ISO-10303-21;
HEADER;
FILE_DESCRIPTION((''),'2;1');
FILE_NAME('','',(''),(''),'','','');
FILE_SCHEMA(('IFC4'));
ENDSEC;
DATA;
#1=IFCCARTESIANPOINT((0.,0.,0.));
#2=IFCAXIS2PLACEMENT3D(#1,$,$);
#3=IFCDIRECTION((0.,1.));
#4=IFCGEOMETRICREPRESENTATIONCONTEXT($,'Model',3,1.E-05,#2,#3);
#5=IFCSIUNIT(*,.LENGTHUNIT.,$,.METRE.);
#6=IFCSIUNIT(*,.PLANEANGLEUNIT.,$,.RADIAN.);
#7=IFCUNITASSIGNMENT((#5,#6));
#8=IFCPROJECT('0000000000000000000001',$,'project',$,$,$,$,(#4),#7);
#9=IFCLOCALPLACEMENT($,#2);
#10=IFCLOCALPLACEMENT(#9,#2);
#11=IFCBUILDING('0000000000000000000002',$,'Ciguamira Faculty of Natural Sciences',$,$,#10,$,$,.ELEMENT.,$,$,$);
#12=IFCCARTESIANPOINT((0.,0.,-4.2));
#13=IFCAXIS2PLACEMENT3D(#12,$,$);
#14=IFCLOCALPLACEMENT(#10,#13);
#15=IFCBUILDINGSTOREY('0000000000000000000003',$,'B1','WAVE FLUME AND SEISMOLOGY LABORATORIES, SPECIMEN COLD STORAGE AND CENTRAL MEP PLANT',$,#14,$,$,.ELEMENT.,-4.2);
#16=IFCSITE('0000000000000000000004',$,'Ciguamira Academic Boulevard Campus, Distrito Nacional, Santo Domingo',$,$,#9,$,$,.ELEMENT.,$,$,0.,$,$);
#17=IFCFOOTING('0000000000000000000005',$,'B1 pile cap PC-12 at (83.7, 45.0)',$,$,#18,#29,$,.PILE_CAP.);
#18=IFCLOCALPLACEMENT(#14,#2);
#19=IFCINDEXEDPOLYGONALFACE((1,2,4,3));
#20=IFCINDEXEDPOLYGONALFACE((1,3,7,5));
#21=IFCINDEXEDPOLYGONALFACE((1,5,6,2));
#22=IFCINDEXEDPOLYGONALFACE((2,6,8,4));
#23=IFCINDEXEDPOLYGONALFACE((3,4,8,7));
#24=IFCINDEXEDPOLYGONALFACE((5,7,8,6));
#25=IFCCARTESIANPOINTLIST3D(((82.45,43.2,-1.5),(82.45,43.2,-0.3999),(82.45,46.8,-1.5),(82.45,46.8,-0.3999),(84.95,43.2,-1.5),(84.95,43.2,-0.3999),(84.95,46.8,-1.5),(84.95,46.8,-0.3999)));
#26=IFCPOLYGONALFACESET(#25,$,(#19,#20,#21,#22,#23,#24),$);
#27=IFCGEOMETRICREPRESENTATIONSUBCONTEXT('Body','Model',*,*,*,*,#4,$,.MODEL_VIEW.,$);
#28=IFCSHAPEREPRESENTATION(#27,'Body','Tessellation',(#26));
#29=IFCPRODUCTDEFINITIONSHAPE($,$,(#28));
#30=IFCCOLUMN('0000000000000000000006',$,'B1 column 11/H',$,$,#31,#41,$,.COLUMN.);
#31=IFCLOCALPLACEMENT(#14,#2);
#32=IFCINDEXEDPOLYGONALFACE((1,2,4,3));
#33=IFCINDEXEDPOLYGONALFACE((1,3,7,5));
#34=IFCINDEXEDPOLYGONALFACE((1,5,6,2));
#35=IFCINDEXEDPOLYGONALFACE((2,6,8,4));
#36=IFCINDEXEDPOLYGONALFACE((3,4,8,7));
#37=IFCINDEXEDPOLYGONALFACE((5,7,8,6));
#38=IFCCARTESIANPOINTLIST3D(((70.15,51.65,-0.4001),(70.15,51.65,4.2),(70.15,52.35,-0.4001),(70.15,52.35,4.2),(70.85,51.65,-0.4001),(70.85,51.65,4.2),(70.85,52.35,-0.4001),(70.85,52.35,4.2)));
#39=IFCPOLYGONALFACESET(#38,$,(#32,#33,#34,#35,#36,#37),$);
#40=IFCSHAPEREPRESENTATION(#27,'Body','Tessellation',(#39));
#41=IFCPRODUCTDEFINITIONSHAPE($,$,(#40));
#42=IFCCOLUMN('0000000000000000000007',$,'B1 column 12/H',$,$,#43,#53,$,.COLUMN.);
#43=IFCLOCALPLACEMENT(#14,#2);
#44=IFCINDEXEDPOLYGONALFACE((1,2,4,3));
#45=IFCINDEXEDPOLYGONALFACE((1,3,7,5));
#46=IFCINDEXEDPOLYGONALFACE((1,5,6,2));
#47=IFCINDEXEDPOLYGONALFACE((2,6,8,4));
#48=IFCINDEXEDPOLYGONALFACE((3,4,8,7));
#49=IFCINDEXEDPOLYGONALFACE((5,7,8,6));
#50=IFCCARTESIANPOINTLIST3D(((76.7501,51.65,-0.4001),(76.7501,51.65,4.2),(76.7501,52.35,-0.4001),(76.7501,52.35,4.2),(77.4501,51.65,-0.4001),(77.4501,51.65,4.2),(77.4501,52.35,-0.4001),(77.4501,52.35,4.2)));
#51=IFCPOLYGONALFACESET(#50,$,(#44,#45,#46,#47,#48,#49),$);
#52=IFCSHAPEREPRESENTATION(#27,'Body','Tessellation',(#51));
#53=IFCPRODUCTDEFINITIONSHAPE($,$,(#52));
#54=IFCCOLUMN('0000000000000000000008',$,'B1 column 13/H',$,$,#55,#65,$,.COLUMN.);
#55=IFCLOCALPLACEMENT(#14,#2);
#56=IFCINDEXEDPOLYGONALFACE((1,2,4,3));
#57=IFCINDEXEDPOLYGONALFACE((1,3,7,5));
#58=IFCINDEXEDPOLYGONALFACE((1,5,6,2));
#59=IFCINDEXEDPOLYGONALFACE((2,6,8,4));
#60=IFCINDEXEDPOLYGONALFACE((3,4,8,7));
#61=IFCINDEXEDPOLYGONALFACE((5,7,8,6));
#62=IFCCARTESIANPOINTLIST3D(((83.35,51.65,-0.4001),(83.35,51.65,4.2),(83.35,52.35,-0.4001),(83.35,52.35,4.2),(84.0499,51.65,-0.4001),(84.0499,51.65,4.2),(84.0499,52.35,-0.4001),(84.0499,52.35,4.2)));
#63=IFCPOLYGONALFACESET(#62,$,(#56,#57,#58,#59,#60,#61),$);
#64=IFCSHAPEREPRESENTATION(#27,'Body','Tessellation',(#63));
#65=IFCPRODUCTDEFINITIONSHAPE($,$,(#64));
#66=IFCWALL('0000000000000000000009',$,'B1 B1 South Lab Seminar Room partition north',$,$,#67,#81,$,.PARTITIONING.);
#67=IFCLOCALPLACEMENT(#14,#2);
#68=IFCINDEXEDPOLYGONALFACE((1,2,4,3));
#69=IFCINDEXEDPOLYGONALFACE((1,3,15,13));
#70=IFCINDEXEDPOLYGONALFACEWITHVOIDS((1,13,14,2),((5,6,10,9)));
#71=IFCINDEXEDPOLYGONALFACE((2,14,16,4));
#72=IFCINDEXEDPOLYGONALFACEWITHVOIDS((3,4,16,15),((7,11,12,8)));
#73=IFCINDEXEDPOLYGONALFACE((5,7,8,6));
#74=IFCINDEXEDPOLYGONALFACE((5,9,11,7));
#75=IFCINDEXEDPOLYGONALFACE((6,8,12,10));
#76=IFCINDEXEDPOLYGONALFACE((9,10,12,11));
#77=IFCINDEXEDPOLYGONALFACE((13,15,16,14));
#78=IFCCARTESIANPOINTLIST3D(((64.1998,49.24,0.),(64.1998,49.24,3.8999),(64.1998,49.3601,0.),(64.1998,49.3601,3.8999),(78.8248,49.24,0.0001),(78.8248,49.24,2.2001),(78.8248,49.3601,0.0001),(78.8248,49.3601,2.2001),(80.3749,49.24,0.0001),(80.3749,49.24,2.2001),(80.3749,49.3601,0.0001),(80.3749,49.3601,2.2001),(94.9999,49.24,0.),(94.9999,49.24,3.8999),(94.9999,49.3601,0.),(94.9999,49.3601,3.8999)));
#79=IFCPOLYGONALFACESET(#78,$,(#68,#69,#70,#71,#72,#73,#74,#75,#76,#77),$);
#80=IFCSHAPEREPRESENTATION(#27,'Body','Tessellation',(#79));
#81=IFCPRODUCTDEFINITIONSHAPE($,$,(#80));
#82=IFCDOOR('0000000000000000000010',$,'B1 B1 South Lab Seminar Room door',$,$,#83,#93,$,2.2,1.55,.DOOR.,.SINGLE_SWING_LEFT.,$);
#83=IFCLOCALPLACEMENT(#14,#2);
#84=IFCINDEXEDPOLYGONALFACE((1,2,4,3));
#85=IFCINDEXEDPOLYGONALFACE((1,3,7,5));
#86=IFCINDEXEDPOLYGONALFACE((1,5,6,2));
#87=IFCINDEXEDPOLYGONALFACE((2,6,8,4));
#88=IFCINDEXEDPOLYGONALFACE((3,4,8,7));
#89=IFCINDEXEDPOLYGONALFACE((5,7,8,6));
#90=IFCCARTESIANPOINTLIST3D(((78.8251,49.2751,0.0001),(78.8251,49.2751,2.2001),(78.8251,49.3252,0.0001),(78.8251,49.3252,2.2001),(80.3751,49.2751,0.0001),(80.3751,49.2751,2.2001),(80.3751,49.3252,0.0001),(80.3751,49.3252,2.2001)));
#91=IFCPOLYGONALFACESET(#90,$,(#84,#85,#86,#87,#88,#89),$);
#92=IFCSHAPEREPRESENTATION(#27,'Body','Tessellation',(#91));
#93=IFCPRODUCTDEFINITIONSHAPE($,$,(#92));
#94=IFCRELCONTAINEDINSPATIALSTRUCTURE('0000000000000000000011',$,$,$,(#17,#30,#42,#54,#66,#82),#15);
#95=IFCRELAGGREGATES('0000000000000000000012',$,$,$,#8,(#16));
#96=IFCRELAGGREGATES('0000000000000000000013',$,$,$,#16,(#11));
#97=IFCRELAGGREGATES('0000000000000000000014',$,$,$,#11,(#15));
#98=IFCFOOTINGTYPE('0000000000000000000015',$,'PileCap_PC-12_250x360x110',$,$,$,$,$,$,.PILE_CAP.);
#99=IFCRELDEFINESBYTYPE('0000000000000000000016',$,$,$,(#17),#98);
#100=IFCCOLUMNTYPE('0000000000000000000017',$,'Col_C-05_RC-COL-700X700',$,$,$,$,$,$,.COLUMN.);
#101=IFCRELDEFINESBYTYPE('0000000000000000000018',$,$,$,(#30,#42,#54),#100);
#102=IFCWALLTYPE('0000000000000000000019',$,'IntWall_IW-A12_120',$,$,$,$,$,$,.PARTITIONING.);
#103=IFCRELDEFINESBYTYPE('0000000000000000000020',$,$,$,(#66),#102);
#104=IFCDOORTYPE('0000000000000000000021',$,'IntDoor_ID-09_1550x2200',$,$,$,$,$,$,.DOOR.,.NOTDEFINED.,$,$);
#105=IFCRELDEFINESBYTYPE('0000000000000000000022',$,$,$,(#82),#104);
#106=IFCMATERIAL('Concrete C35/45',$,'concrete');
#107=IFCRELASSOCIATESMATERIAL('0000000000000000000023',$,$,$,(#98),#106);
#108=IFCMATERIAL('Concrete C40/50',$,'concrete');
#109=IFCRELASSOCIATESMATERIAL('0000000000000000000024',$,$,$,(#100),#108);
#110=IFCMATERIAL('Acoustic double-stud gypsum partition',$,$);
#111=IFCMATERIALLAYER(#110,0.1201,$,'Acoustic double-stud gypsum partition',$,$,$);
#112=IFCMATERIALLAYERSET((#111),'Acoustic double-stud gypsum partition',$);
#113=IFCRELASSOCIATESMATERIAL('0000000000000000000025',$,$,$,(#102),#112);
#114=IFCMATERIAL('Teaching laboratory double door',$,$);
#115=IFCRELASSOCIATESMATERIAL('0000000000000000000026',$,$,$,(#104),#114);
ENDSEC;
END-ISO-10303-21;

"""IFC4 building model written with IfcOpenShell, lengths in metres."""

from ifc_helpers import new_model, si_unit, direction, frame, frame_2d, origin, origin_2d, place, context, subcontext, project, spatial, rectangle, extrude, material, layer, layer_set, material_profile, profile_set, type_object, element, fill, save


model = new_model("IFC4")

# Units and contexts
model_context = context("Model", 3, precision=1e-05, world=origin(), true_north=direction((0.0, 1.0)))
body_context = subcontext(model_context, "Body", "Model", "MODEL_VIEW")
ifc_project = project(units=[si_unit("LENGTHUNIT", "METRE"), si_unit("PLANEANGLEUNIT", "RADIAN")], contexts=[model_context])

# Site, building, storey
site_placement = place(None, origin())
site = spatial("IfcSite", under=ifc_project, at=site_placement, Name="Ciguamira Academic Boulevard Campus, Distrito Nacional, Santo Domingo", CompositionType="ELEMENT", RefElevation=0.0)
building_placement = place(site_placement, origin())
building = spatial("IfcBuilding", under=site, at=building_placement, Name="Ciguamira Faculty of Natural Sciences", CompositionType="ELEMENT")
storey_placement = place(building_placement, frame((0.0, 0.0, -4.2)))
storey = spatial("IfcBuildingStorey", under=building, at=storey_placement, Name="B1", Description="WAVE FLUME AND SEISMOLOGY LABORATORIES, SPECIMEN COLD STORAGE AND CENTRAL MEP PLANT", CompositionType="ELEMENT", Elevation=-4.2)

# Shared definitions
ifc_material_1 = material(Name="Concrete C35/45", Category="concrete")

# Footing
footing_type_1 = type_object("IfcFootingType", Name="PileCap_PC-12_250x360x110", PredefinedType="PILE_CAP", material=ifc_material_1)
footing_1_placement = place(storey_placement, frame((83.7, 45.0, -1.5), z_axis=(0.0, 0.0, 1.0), x_axis=(1.0, 0.0, 0.0)))
element("IfcFooting", 1, at=footing_1_placement, inside=storey, type_object=footing_type_1, Name="B1 pile cap PC-12 at (83.7, 45.0)", PredefinedType="PILE_CAP", context=body_context, shape_type="SweptSolid", body=[
    extrude(rectangle(XDim=2.5, YDim=3.6001, at=origin_2d()), origin(), (0.0, 0.0, 1.0), 1.1001),
])

# Columns
ifc_material_2 = material(Name="Concrete C40/50", Category="concrete")
ifc_material_profile_1 = material_profile(ifc_material_2, rectangle(XDim=0.7, YDim=0.7, at=origin_2d()), Name="RC-COL-700X700")
ifc_profile_set_1 = profile_set([ifc_material_profile_1], Name="Concrete C40/50")
column_type = type_object("IfcColumnType", Name="Col_C-05_RC-COL-700X700", PredefinedType="COLUMN", material=ifc_profile_set_1)
for number, where, z_axis, x_axis, name in (
    (2, (70.5, 52.0, -0.4001), (0.0, 0.0, 1.0), (1.0, 0.0, 0.0), "B1 column 11/H"),
    (3, (77.1001, 52.0, -0.4001), (0.0, 0.0, 1.0), (1.0, 0.0, 0.0), "B1 column 12/H"),
    (4, (83.7, 52.0, -0.4001), (0.0, 0.0, 1.0), (1.0, 0.0, 0.0), "B1 column 13/H"),
):
    element("IfcColumn", number, at=place(storey_placement, frame(where, z_axis=z_axis, x_axis=x_axis)), inside=storey, type_object=column_type, Name=name, PredefinedType="COLUMN", context=body_context, shape_type="SweptSolid", body=[
        extrude(rectangle(XDim=0.7, YDim=0.7, at=origin_2d()), origin(), (0.0, 0.0, 1.0), 4.6001),
    ])

# Wall, opening, door
ifc_material_3 = material(Name="Acoustic double-stud gypsum partition")
ifc_layer = layer(ifc_material_3, 0.1201, Name="Acoustic double-stud gypsum partition")
ifc_layer_set = layer_set([ifc_layer], Name="Acoustic double-stud gypsum partition")
wall_type = type_object("IfcWallType", Name="IntWall_IW-A12_120", PredefinedType="PARTITIONING", material=ifc_layer_set)
wall_placement = place(storey_placement, frame((64.2, 49.3, 0.0), z_axis=(0.0, 0.0, 1.0), x_axis=(1.0, 0.0, 0.0)))
wall = element("IfcWall", 5, at=wall_placement, inside=storey, type_object=wall_type, Name="B1 B1 South Lab Seminar Room partition north", PredefinedType="PARTITIONING", context=body_context, shape_type="SweptSolid", body=[
    extrude(rectangle(XDim=30.8, YDim=0.1201, at=frame_2d((15.3999, 0.0))), origin(), (0.0, 0.0, 1.0), 3.8999),
])
opening_placement = place(wall_placement, frame((14.625, 0.0, 0.0)))
opening = element("IfcOpeningElement", 6, at=opening_placement, cuts=wall, PredefinedType="OPENING", context=body_context, shape_type="SweptSolid", body=[
    extrude(rectangle(XDim=1.55, YDim=2.2, at=frame_2d((0.7749, 1.1001))), frame((0.0, 0.0701, 0.0), z_axis=(0.0, -1.0, 0.0), x_axis=(1.0, 0.0, 0.0)), (0.0, 0.0, 1.0), 0.1401),
])
ifc_material_4 = material(Name="Teaching laboratory double door")
door_type = type_object("IfcDoorType", Name="IntDoor_ID-09_1550x2200", OperationType="NOTDEFINED", PredefinedType="DOOR", material=ifc_material_4)
door_placement = place(opening_placement, frame((1.55, 0.0, 0.0), z_axis=(0.0, 0.0, 1.0), x_axis=(-1.0, 0.0, 0.0)))
door = element("IfcDoor", 7, at=door_placement, inside=storey, type_object=door_type, Name="B1 B1 South Lab Seminar Room door", OperationType="SINGLE_SWING_LEFT", OverallHeight=2.2, OverallWidth=1.55, PredefinedType="DOOR", context=body_context, shape_type="SweptSolid", body=[
    extrude(rectangle(XDim=1.55, YDim=2.2, at=frame_2d((0.7749, 1.1001))), frame((0.0, 0.0249, 0.0), z_axis=(0.0, -1.0, 0.0), x_axis=(1.0, 0.0, 0.0)), (0.0, 0.0, 1.0), 0.05),
])
fill(opening, door)

save(model, "model.ifc")
